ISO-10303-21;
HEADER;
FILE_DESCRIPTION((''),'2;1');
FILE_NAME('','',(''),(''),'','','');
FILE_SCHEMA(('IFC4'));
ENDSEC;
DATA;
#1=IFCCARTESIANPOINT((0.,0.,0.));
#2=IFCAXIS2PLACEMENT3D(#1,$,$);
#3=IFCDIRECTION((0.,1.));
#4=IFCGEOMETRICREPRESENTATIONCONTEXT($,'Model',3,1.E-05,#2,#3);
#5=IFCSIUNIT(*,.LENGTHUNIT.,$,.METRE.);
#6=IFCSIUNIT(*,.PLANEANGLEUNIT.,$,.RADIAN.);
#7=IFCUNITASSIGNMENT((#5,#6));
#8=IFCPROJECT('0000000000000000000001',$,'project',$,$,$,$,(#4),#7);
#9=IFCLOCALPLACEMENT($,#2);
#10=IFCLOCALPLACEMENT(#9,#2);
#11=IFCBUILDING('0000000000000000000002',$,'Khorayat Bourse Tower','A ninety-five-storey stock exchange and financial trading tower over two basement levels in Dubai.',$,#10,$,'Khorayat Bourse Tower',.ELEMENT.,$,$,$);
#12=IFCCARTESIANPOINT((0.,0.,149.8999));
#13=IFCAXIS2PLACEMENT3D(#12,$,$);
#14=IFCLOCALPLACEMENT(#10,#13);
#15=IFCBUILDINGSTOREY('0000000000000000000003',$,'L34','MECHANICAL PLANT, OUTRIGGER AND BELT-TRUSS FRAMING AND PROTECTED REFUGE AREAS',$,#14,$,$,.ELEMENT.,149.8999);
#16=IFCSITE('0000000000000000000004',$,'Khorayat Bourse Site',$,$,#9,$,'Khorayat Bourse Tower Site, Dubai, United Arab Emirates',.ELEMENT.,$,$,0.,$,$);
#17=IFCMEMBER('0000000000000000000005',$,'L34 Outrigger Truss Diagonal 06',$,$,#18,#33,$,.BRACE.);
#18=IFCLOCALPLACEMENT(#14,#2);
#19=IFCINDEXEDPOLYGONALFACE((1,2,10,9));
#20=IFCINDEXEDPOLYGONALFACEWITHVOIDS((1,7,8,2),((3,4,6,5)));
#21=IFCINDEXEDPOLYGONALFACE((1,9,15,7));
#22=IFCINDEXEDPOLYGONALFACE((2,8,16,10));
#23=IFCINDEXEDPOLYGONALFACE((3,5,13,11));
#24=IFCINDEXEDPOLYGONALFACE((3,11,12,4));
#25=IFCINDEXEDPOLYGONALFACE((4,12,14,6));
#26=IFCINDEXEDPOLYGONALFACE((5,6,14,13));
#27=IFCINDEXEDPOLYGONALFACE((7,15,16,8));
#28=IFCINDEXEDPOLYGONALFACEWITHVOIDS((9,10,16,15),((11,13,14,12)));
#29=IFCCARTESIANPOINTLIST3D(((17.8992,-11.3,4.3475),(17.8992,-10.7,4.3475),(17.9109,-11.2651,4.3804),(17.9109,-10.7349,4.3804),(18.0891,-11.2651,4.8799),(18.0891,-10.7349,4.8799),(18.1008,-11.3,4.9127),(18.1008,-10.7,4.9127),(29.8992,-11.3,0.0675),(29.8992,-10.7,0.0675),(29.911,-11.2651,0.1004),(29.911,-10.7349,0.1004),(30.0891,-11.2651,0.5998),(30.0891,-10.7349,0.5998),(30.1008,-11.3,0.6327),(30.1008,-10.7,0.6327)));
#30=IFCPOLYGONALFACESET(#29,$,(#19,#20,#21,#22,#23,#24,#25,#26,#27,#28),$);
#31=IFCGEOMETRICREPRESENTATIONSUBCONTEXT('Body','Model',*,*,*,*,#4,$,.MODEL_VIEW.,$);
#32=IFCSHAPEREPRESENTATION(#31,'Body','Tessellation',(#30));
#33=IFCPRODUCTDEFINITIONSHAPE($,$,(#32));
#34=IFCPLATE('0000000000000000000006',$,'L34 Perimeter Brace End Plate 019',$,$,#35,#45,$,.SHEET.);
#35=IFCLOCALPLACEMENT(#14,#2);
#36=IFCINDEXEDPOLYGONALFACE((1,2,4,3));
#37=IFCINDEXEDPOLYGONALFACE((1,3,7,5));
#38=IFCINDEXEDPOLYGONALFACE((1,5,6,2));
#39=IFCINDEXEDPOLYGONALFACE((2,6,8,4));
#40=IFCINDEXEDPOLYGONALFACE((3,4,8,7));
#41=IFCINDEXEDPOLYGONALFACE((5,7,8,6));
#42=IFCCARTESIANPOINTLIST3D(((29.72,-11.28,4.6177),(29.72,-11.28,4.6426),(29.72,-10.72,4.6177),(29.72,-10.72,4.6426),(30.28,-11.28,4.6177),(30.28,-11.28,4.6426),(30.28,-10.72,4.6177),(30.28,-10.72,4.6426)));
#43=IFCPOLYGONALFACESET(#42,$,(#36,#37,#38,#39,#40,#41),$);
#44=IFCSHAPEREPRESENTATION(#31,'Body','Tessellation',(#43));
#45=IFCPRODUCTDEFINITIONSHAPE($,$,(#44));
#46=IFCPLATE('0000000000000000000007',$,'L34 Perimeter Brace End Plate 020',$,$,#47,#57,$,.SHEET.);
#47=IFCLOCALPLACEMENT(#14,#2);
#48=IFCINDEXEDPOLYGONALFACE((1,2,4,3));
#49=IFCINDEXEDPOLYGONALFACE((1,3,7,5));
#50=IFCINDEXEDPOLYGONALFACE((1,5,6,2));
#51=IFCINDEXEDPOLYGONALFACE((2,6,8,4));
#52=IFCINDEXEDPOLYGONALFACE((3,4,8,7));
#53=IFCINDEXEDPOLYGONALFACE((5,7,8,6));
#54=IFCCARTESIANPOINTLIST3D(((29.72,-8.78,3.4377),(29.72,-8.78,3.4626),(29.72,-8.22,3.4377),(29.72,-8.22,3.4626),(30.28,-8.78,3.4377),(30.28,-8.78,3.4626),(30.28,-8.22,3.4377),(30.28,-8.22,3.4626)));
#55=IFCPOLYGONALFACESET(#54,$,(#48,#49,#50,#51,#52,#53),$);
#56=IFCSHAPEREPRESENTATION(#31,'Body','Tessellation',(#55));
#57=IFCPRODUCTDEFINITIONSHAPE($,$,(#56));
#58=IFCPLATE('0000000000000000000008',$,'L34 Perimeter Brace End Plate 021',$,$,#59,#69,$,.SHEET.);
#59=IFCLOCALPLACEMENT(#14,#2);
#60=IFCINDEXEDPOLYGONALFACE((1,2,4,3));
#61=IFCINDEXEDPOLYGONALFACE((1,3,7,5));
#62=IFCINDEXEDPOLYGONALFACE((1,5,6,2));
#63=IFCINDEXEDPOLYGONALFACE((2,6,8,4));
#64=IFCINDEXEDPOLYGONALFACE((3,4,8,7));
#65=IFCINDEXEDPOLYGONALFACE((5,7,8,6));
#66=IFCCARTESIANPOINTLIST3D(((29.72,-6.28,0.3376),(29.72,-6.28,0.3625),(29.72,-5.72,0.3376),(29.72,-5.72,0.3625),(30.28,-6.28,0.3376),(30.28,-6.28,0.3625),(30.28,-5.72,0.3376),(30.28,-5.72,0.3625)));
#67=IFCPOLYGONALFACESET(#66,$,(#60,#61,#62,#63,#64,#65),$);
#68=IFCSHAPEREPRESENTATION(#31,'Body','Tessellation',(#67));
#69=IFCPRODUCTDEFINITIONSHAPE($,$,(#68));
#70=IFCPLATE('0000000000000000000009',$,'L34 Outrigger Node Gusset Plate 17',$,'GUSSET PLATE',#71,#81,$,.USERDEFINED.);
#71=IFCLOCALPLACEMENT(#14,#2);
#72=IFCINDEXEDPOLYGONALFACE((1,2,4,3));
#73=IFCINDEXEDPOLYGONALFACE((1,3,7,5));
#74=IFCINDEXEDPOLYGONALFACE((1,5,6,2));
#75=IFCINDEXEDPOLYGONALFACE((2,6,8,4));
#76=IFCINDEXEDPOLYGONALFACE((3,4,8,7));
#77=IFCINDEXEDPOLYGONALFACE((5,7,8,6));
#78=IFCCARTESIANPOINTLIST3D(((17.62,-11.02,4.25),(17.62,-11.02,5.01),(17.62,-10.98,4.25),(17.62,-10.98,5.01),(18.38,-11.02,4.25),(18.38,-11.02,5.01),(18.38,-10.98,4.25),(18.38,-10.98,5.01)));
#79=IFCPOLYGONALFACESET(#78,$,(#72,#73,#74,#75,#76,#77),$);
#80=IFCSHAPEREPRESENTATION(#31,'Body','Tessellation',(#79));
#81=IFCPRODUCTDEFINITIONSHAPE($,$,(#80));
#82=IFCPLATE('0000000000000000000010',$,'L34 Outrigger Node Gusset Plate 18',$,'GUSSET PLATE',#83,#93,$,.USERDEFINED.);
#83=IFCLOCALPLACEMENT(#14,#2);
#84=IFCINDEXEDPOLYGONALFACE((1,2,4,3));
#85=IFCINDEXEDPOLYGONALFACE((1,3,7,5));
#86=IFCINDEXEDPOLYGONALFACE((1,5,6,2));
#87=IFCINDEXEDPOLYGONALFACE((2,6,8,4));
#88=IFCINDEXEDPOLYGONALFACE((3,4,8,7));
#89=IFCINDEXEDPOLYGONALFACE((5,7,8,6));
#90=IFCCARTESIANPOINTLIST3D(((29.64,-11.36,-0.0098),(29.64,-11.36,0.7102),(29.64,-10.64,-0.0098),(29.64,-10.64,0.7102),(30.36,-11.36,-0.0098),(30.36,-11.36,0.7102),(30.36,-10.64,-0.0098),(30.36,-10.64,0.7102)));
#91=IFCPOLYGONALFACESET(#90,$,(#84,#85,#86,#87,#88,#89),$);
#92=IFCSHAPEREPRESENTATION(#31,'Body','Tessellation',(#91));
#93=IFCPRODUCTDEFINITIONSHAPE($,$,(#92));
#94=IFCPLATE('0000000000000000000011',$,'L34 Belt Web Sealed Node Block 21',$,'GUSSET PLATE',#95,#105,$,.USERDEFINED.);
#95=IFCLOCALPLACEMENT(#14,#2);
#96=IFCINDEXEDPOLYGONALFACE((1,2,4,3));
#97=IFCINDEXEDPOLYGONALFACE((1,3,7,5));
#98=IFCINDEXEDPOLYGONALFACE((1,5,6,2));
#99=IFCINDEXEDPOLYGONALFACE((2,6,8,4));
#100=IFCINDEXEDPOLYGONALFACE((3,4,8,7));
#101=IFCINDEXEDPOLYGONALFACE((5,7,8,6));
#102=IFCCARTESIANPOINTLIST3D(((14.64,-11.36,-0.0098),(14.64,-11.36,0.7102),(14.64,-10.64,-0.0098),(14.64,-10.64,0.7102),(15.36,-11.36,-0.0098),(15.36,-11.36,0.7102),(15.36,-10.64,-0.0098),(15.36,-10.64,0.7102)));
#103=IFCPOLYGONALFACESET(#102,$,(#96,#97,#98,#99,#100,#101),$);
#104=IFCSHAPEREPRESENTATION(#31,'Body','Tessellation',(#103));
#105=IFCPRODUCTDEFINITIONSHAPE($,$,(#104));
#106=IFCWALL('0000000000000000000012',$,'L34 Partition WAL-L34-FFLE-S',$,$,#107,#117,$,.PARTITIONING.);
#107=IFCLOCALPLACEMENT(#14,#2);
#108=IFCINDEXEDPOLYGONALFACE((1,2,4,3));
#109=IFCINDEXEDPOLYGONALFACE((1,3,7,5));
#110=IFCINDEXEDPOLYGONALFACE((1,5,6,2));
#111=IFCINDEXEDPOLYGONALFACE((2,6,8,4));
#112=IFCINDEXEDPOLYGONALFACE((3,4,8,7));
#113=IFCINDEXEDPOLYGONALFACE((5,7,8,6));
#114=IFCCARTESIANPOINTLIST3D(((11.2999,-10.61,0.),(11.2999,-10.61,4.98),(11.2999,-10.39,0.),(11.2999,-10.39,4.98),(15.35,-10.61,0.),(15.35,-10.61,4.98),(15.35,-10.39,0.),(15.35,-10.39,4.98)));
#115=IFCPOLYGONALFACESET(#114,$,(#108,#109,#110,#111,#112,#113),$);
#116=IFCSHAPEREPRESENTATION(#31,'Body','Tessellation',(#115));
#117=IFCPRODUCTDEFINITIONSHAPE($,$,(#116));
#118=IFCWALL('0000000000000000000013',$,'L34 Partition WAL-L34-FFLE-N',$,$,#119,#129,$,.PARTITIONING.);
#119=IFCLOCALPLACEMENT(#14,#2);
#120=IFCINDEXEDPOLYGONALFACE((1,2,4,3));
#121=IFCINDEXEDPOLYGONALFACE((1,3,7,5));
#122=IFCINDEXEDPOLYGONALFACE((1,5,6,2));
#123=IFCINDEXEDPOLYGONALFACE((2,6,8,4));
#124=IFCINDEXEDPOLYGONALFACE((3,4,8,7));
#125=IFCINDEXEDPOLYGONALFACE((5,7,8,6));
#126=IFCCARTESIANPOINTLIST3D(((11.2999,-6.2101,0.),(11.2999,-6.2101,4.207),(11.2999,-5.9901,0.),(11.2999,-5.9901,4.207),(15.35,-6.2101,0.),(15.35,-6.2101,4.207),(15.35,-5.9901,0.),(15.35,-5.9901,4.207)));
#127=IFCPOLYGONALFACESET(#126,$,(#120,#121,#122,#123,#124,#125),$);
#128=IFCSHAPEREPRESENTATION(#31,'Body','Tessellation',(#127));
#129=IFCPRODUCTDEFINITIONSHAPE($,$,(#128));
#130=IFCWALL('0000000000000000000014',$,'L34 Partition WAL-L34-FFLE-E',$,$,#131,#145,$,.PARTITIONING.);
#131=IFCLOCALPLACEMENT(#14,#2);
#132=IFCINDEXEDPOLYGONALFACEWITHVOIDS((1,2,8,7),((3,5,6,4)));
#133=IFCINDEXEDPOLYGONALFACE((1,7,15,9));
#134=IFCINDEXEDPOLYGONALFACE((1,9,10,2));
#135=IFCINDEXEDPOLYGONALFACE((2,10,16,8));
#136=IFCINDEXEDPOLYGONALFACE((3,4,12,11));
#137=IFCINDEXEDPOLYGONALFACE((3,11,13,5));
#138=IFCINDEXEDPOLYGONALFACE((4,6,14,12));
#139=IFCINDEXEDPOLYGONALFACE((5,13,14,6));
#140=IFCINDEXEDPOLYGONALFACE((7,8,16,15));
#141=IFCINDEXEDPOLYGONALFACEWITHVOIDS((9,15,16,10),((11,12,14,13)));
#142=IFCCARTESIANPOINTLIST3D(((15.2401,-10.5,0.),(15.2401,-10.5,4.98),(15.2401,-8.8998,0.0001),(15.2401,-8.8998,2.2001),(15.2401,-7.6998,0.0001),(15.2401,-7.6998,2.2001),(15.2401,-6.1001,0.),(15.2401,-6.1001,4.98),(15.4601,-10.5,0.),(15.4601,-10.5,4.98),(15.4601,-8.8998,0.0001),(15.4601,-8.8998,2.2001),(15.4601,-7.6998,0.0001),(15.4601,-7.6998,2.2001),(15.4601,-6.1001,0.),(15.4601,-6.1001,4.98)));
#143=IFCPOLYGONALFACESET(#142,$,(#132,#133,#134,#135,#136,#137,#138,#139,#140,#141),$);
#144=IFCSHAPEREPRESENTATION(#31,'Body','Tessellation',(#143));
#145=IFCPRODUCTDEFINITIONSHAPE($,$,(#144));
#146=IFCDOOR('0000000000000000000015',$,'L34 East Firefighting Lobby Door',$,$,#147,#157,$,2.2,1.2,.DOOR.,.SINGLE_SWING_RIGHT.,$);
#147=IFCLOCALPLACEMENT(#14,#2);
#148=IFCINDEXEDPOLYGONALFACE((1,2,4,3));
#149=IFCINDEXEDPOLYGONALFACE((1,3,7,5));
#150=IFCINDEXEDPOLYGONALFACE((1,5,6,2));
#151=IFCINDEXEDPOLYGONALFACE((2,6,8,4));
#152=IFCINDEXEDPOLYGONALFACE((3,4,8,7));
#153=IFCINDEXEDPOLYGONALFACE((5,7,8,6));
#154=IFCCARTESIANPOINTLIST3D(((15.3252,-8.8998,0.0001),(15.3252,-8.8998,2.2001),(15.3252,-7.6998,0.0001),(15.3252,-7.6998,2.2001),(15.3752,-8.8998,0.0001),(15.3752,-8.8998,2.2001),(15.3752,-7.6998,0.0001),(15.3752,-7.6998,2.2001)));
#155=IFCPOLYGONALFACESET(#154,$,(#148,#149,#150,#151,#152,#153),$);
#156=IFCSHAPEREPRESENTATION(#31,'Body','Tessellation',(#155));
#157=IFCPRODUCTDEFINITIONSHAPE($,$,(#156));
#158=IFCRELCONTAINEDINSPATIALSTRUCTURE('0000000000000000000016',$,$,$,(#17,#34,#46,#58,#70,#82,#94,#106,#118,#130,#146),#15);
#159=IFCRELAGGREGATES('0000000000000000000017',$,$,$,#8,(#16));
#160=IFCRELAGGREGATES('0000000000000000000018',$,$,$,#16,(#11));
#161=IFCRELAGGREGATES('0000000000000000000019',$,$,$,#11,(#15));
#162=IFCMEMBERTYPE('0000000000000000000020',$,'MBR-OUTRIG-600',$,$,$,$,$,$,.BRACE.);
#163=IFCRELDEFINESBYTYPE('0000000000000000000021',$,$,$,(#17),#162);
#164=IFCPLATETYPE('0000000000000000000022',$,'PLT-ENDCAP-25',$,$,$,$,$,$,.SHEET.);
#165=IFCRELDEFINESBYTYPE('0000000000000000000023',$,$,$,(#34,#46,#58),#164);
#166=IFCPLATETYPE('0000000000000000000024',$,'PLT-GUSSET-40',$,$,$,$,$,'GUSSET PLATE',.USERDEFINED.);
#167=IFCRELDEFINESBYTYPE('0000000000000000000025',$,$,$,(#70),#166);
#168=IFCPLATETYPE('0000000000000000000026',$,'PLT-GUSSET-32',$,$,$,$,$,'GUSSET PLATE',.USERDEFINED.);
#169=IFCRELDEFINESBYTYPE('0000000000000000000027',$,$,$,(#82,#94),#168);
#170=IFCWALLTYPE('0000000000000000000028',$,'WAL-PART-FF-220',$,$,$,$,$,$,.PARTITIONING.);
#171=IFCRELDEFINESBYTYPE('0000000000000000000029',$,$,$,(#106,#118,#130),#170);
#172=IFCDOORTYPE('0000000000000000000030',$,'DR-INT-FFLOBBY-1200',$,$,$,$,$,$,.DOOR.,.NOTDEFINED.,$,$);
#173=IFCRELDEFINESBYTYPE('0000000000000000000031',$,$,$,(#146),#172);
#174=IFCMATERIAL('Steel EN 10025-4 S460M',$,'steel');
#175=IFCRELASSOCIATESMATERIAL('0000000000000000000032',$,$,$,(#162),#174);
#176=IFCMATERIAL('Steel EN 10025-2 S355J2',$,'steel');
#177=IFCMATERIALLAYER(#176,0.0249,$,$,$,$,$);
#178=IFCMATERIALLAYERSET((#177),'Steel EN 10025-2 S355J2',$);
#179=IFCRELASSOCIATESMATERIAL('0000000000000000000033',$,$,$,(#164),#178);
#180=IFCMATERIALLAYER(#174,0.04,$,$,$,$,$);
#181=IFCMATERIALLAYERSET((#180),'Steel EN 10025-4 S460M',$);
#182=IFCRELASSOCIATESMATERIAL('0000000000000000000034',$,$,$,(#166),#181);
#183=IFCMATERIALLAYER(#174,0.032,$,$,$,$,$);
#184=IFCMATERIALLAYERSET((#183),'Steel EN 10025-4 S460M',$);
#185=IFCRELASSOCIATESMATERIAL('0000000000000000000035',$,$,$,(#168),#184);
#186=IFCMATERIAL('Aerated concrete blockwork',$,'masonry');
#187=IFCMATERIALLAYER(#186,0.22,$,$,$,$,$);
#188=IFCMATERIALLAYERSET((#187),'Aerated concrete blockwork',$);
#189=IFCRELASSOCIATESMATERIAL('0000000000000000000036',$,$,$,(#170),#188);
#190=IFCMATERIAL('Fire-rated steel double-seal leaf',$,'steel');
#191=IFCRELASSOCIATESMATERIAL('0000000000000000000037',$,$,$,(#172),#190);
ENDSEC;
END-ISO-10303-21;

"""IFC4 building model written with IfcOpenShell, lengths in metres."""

from ifc_helpers import new_model, si_unit, direction, frame, frame_2d, origin, origin_2d, place, context, subcontext, project, spatial, rectangle, hollow_rectangle, extrude, source, transform, mapped, material, layer, layer_set, material_profile, profile_set, type_object, element, fill, save


model = new_model("IFC4")

# Units and contexts
model_context = context("Model", 3, precision=1e-05, world=origin(), true_north=direction((0.0, 1.0)))
body_context = subcontext(model_context, "Body", "Model", "MODEL_VIEW")
ifc_project = project(units=[si_unit("LENGTHUNIT", "METRE"), si_unit("PLANEANGLEUNIT", "RADIAN")], contexts=[model_context])

# Site, building, storey
site_placement = place(None, origin())
site = spatial("IfcSite", under=ifc_project, at=site_placement, Name="Khorayat Bourse Site", LongName="Khorayat Bourse Tower Site, Dubai, United Arab Emirates", CompositionType="ELEMENT", RefElevation=0.0)
building_placement = place(site_placement, origin())
building = spatial("IfcBuilding", under=site, at=building_placement, Name="Khorayat Bourse Tower", Description="A ninety-five-storey stock exchange and financial trading tower over two basement levels in Dubai.", LongName="Khorayat Bourse Tower", CompositionType="ELEMENT")
storey_placement = place(building_placement, frame((0.0, 0.0, 149.8999)))
storey = spatial("IfcBuildingStorey", under=building, at=storey_placement, Name="L34", Description="MECHANICAL PLANT, OUTRIGGER AND BELT-TRUSS FRAMING AND PROTECTED REFUGE AREAS", CompositionType="ELEMENT", Elevation=149.8999)

# Shared definitions
ifc_material_1 = material(Name="Steel EN 10025-4 S460M", Category="steel")

# Member
ifc_material_profile_1 = material_profile(ifc_material_1, hollow_rectangle(XDim=0.6001, YDim=0.6001, WallThickness=0.0349, at=origin_2d()), Name="BOX 600x600x35")
ifc_profile_set_1 = profile_set([ifc_material_profile_1], Name="Steel EN 10025-4 S460M")
member_type_1 = type_object("IfcMemberType", Name="MBR-OUTRIG-600", PredefinedType="BRACE", material=ifc_profile_set_1)
shared_shape_1 = source(origin(), body_context, "Body", "SweptSolid", [
    extrude(hollow_rectangle(XDim=0.6001, YDim=0.6001, WallThickness=0.0349, at=origin_2d()), origin(), (0.0, 0.0, 1.0), 12.7405),
])
member_1_placement = place(storey_placement, frame((18.0, -11.0, 4.6301), z_axis=(0.941883, 0.0, -0.335941), x_axis=(0.0, 1.0, 0.0)))
element("IfcMember", 1, at=member_1_placement, inside=storey, type_object=member_type_1, Name="L34 Outrigger Truss Diagonal 06", PredefinedType="BRACE", context=body_context, shape_type="MappedRepresentation", body=[
    mapped(shared_shape_1, transform((0.0, 0.0, 0.0), scale=1.0)),
])

# Plates
ifc_material_2 = material(Name="Steel EN 10025-2 S355J2", Category="steel")
ifc_layer_1 = layer(ifc_material_2, 0.0249)
ifc_layer_set_1 = layer_set([ifc_layer_1], Name="Steel EN 10025-2 S355J2")
plate_type_1 = type_object("IfcPlateType", Name="PLT-ENDCAP-25", PredefinedType="SHEET", material=ifc_layer_set_1)
shared_shape_2 = source(origin(), body_context, "Body", "SweptSolid", [
    extrude(rectangle(XDim=0.5601, YDim=0.5601, at=origin_2d()), origin(), (0.0, 0.0, 1.0), 0.0249),
])
for number, where, z_axis, x_axis, name in (
    (2, (30.0, -11.0, 4.6177), (0.0, 0.0, 1.0), (1.0, 0.0, 0.0), "L34 Perimeter Brace End Plate 019"),
    (3, (30.0, -8.5, 3.4377), (0.0, 0.0, 1.0), (1.0, 0.0, 0.0), "L34 Perimeter Brace End Plate 020"),
    (4, (30.0, -6.0, 0.3376), (0.0, 0.0, 1.0), (1.0, 0.0, 0.0), "L34 Perimeter Brace End Plate 021"),
):
    element("IfcPlate", number, at=place(storey_placement, frame(where, z_axis=z_axis, x_axis=x_axis)), inside=storey, type_object=plate_type_1, Name=name, PredefinedType="SHEET", context=body_context, shape_type="MappedRepresentation", body=[
        mapped(shared_shape_2, transform((0.0, 0.0, 0.0), scale=1.0)),
    ])
ifc_layer_2 = layer(ifc_material_1, 0.04)
ifc_layer_set_2 = layer_set([ifc_layer_2], Name="Steel EN 10025-4 S460M")
plate_type_2 = type_object("IfcPlateType", Name="PLT-GUSSET-40", ElementType="GUSSET PLATE", PredefinedType="USERDEFINED", material=ifc_layer_set_2)
shared_shape_3 = source(origin(), body_context, "Body", "SweptSolid", [
    extrude(rectangle(XDim=0.76, YDim=0.04, at=origin_2d()), origin(), (0.0, 0.0, 1.0), 0.76),
])
plate_placement = place(storey_placement, frame((18.0, -11.0, 4.25), z_axis=(0.0, 0.0, 1.0), x_axis=(1.0, 0.0, 0.0)))
element("IfcPlate", 5, at=plate_placement, inside=storey, type_object=plate_type_2, Name="L34 Outrigger Node Gusset Plate 17", ObjectType="GUSSET PLATE", PredefinedType="USERDEFINED", context=body_context, shape_type="MappedRepresentation", body=[
    mapped(shared_shape_3, transform((0.0, 0.0, 0.0), scale=1.0)),
])
ifc_layer_3 = layer(ifc_material_1, 0.032)
ifc_layer_set_3 = layer_set([ifc_layer_3], Name="Steel EN 10025-4 S460M")
plate_type_3 = type_object("IfcPlateType", Name="PLT-GUSSET-32", ElementType="GUSSET PLATE", PredefinedType="USERDEFINED", material=ifc_layer_set_3)
shared_shape_4 = source(origin(), body_context, "Body", "SweptSolid", [
    extrude(rectangle(XDim=0.72, YDim=0.72, at=origin_2d()), origin(), (0.0, 0.0, 1.0), 0.72),
])
for number, where, z_axis, x_axis, name in (
    (6, (30.0, -11.0, -0.0098), (0.0, 0.0, 1.0), (1.0, 0.0, 0.0), "L34 Outrigger Node Gusset Plate 18"),
    (7, (15.0, -11.0, -0.0098), (0.0, 0.0, 1.0), (1.0, 0.0, 0.0), "L34 Belt Web Sealed Node Block 21"),
):
    element("IfcPlate", number, at=place(storey_placement, frame(where, z_axis=z_axis, x_axis=x_axis)), inside=storey, type_object=plate_type_3, Name=name, ObjectType="GUSSET PLATE", PredefinedType="USERDEFINED", context=body_context, shape_type="MappedRepresentation", body=[
        mapped(shared_shape_4, transform((0.0, 0.0, 0.0), scale=1.0)),
    ])

# Walls
ifc_material_3 = material(Name="Aerated concrete blockwork", Category="masonry")
ifc_layer_4 = layer(ifc_material_3, 0.22)
ifc_layer_set_4 = layer_set([ifc_layer_4], Name="Aerated concrete blockwork")
wall_type_1 = type_object("IfcWallType", Name="WAL-PART-FF-220", PredefinedType="PARTITIONING", material=ifc_layer_set_4)
shared_shape_5 = source(origin(), body_context, "Body", "SweptSolid", [
    extrude(rectangle(XDim=4.05, YDim=0.22, at=frame_2d((2.0249, 0.0))), origin(), (0.0, 0.0, 1.0), 4.98),
])
wall_1_placement = place(storey_placement, frame((11.3, -10.5, 0.0), z_axis=(0.0, 0.0, 1.0), x_axis=(1.0, 0.0, 0.0)))
element("IfcWall", 8, at=wall_1_placement, inside=storey, type_object=wall_type_1, Name="L34 Partition WAL-L34-FFLE-S", PredefinedType="PARTITIONING", context=body_context, shape_type="MappedRepresentation", body=[
    mapped(shared_shape_5, transform((0.0, 0.0, 0.0), scale=1.0)),
])
shared_shape_6 = source(origin(), body_context, "Body", "SweptSolid", [
    extrude(rectangle(XDim=4.05, YDim=0.22, at=frame_2d((2.0249, 0.0))), origin(), (0.0, 0.0, 1.0), 4.207),
])
wall_2_placement = place(storey_placement, frame((11.3, -6.1001, 0.0), z_axis=(0.0, 0.0, 1.0), x_axis=(1.0, 0.0, 0.0)))
element("IfcWall", 9, at=wall_2_placement, inside=storey, type_object=wall_type_1, Name="L34 Partition WAL-L34-FFLE-N", PredefinedType="PARTITIONING", context=body_context, shape_type="MappedRepresentation", body=[
    mapped(shared_shape_6, transform((0.0, 0.0, 0.0), scale=1.0)),
])

# Wall, opening, door
shared_shape_7 = source(origin(), body_context, "Body", "SweptSolid", [
    extrude(rectangle(XDim=4.3999, YDim=0.22, at=frame_2d((2.2, 0.0))), origin(), (0.0, 0.0, 1.0), 4.98),
])
wall_3_placement = place(storey_placement, frame((15.3501, -10.5, 0.0), z_axis=(0.0, 0.0, 1.0), x_axis=(0.0, 1.0, 0.0)))
wall_3 = element("IfcWall", 10, at=wall_3_placement, inside=storey, type_object=wall_type_1, Name="L34 Partition WAL-L34-FFLE-E", PredefinedType="PARTITIONING", context=body_context, shape_type="MappedRepresentation", body=[
    mapped(shared_shape_7, transform((0.0, 0.0, 0.0), scale=1.0)),
])
shared_shape_8 = source(origin(), body_context, "Body", "SweptSolid", [
    extrude(rectangle(XDim=1.2, YDim=2.2, at=frame_2d((0.6001, 1.1001))), frame((0.0, 0.1199, 0.0), z_axis=(0.0, -1.0, 0.0), x_axis=(1.0, 0.0, 0.0)), (0.0, 0.0, 1.0), 0.24),
])
opening_1_placement = place(wall_3_placement, frame((1.6001, 0.0, 0.0)))
opening_1 = element("IfcOpeningElement", 11, at=opening_1_placement, cuts=wall_3, PredefinedType="OPENING", context=body_context, shape_type="MappedRepresentation", body=[
    mapped(shared_shape_8, transform((0.0, 0.0, 0.0), scale=1.0)),
])
ifc_material_4 = material(Name="Fire-rated steel double-seal leaf", Category="steel")
door_type_1 = type_object("IfcDoorType", Name="DR-INT-FFLOBBY-1200", OperationType="NOTDEFINED", PredefinedType="DOOR", material=ifc_material_4)
shared_shape_9 = source(origin(), body_context, "Body", "SweptSolid", [
    extrude(rectangle(XDim=1.2, YDim=2.2, at=frame_2d((0.6001, 1.1001))), frame((0.0, 0.0249, 0.0), z_axis=(0.0, -1.0, 0.0), x_axis=(1.0, 0.0, 0.0)), (0.0, 0.0, 1.0), 0.05),
])
door_1_placement = place(opening_1_placement, origin())
door_1 = element("IfcDoor", 12, at=door_1_placement, inside=storey, type_object=door_type_1, Name="L34 East Firefighting Lobby Door", OperationType="SINGLE_SWING_RIGHT", OverallHeight=2.2, OverallWidth=1.2, PredefinedType="DOOR", context=body_context, shape_type="MappedRepresentation", body=[
    mapped(shared_shape_9, transform((0.0, 0.0, 0.0), scale=1.0)),
])
fill(opening_1, door_1)

save(model, "model.ifc")
